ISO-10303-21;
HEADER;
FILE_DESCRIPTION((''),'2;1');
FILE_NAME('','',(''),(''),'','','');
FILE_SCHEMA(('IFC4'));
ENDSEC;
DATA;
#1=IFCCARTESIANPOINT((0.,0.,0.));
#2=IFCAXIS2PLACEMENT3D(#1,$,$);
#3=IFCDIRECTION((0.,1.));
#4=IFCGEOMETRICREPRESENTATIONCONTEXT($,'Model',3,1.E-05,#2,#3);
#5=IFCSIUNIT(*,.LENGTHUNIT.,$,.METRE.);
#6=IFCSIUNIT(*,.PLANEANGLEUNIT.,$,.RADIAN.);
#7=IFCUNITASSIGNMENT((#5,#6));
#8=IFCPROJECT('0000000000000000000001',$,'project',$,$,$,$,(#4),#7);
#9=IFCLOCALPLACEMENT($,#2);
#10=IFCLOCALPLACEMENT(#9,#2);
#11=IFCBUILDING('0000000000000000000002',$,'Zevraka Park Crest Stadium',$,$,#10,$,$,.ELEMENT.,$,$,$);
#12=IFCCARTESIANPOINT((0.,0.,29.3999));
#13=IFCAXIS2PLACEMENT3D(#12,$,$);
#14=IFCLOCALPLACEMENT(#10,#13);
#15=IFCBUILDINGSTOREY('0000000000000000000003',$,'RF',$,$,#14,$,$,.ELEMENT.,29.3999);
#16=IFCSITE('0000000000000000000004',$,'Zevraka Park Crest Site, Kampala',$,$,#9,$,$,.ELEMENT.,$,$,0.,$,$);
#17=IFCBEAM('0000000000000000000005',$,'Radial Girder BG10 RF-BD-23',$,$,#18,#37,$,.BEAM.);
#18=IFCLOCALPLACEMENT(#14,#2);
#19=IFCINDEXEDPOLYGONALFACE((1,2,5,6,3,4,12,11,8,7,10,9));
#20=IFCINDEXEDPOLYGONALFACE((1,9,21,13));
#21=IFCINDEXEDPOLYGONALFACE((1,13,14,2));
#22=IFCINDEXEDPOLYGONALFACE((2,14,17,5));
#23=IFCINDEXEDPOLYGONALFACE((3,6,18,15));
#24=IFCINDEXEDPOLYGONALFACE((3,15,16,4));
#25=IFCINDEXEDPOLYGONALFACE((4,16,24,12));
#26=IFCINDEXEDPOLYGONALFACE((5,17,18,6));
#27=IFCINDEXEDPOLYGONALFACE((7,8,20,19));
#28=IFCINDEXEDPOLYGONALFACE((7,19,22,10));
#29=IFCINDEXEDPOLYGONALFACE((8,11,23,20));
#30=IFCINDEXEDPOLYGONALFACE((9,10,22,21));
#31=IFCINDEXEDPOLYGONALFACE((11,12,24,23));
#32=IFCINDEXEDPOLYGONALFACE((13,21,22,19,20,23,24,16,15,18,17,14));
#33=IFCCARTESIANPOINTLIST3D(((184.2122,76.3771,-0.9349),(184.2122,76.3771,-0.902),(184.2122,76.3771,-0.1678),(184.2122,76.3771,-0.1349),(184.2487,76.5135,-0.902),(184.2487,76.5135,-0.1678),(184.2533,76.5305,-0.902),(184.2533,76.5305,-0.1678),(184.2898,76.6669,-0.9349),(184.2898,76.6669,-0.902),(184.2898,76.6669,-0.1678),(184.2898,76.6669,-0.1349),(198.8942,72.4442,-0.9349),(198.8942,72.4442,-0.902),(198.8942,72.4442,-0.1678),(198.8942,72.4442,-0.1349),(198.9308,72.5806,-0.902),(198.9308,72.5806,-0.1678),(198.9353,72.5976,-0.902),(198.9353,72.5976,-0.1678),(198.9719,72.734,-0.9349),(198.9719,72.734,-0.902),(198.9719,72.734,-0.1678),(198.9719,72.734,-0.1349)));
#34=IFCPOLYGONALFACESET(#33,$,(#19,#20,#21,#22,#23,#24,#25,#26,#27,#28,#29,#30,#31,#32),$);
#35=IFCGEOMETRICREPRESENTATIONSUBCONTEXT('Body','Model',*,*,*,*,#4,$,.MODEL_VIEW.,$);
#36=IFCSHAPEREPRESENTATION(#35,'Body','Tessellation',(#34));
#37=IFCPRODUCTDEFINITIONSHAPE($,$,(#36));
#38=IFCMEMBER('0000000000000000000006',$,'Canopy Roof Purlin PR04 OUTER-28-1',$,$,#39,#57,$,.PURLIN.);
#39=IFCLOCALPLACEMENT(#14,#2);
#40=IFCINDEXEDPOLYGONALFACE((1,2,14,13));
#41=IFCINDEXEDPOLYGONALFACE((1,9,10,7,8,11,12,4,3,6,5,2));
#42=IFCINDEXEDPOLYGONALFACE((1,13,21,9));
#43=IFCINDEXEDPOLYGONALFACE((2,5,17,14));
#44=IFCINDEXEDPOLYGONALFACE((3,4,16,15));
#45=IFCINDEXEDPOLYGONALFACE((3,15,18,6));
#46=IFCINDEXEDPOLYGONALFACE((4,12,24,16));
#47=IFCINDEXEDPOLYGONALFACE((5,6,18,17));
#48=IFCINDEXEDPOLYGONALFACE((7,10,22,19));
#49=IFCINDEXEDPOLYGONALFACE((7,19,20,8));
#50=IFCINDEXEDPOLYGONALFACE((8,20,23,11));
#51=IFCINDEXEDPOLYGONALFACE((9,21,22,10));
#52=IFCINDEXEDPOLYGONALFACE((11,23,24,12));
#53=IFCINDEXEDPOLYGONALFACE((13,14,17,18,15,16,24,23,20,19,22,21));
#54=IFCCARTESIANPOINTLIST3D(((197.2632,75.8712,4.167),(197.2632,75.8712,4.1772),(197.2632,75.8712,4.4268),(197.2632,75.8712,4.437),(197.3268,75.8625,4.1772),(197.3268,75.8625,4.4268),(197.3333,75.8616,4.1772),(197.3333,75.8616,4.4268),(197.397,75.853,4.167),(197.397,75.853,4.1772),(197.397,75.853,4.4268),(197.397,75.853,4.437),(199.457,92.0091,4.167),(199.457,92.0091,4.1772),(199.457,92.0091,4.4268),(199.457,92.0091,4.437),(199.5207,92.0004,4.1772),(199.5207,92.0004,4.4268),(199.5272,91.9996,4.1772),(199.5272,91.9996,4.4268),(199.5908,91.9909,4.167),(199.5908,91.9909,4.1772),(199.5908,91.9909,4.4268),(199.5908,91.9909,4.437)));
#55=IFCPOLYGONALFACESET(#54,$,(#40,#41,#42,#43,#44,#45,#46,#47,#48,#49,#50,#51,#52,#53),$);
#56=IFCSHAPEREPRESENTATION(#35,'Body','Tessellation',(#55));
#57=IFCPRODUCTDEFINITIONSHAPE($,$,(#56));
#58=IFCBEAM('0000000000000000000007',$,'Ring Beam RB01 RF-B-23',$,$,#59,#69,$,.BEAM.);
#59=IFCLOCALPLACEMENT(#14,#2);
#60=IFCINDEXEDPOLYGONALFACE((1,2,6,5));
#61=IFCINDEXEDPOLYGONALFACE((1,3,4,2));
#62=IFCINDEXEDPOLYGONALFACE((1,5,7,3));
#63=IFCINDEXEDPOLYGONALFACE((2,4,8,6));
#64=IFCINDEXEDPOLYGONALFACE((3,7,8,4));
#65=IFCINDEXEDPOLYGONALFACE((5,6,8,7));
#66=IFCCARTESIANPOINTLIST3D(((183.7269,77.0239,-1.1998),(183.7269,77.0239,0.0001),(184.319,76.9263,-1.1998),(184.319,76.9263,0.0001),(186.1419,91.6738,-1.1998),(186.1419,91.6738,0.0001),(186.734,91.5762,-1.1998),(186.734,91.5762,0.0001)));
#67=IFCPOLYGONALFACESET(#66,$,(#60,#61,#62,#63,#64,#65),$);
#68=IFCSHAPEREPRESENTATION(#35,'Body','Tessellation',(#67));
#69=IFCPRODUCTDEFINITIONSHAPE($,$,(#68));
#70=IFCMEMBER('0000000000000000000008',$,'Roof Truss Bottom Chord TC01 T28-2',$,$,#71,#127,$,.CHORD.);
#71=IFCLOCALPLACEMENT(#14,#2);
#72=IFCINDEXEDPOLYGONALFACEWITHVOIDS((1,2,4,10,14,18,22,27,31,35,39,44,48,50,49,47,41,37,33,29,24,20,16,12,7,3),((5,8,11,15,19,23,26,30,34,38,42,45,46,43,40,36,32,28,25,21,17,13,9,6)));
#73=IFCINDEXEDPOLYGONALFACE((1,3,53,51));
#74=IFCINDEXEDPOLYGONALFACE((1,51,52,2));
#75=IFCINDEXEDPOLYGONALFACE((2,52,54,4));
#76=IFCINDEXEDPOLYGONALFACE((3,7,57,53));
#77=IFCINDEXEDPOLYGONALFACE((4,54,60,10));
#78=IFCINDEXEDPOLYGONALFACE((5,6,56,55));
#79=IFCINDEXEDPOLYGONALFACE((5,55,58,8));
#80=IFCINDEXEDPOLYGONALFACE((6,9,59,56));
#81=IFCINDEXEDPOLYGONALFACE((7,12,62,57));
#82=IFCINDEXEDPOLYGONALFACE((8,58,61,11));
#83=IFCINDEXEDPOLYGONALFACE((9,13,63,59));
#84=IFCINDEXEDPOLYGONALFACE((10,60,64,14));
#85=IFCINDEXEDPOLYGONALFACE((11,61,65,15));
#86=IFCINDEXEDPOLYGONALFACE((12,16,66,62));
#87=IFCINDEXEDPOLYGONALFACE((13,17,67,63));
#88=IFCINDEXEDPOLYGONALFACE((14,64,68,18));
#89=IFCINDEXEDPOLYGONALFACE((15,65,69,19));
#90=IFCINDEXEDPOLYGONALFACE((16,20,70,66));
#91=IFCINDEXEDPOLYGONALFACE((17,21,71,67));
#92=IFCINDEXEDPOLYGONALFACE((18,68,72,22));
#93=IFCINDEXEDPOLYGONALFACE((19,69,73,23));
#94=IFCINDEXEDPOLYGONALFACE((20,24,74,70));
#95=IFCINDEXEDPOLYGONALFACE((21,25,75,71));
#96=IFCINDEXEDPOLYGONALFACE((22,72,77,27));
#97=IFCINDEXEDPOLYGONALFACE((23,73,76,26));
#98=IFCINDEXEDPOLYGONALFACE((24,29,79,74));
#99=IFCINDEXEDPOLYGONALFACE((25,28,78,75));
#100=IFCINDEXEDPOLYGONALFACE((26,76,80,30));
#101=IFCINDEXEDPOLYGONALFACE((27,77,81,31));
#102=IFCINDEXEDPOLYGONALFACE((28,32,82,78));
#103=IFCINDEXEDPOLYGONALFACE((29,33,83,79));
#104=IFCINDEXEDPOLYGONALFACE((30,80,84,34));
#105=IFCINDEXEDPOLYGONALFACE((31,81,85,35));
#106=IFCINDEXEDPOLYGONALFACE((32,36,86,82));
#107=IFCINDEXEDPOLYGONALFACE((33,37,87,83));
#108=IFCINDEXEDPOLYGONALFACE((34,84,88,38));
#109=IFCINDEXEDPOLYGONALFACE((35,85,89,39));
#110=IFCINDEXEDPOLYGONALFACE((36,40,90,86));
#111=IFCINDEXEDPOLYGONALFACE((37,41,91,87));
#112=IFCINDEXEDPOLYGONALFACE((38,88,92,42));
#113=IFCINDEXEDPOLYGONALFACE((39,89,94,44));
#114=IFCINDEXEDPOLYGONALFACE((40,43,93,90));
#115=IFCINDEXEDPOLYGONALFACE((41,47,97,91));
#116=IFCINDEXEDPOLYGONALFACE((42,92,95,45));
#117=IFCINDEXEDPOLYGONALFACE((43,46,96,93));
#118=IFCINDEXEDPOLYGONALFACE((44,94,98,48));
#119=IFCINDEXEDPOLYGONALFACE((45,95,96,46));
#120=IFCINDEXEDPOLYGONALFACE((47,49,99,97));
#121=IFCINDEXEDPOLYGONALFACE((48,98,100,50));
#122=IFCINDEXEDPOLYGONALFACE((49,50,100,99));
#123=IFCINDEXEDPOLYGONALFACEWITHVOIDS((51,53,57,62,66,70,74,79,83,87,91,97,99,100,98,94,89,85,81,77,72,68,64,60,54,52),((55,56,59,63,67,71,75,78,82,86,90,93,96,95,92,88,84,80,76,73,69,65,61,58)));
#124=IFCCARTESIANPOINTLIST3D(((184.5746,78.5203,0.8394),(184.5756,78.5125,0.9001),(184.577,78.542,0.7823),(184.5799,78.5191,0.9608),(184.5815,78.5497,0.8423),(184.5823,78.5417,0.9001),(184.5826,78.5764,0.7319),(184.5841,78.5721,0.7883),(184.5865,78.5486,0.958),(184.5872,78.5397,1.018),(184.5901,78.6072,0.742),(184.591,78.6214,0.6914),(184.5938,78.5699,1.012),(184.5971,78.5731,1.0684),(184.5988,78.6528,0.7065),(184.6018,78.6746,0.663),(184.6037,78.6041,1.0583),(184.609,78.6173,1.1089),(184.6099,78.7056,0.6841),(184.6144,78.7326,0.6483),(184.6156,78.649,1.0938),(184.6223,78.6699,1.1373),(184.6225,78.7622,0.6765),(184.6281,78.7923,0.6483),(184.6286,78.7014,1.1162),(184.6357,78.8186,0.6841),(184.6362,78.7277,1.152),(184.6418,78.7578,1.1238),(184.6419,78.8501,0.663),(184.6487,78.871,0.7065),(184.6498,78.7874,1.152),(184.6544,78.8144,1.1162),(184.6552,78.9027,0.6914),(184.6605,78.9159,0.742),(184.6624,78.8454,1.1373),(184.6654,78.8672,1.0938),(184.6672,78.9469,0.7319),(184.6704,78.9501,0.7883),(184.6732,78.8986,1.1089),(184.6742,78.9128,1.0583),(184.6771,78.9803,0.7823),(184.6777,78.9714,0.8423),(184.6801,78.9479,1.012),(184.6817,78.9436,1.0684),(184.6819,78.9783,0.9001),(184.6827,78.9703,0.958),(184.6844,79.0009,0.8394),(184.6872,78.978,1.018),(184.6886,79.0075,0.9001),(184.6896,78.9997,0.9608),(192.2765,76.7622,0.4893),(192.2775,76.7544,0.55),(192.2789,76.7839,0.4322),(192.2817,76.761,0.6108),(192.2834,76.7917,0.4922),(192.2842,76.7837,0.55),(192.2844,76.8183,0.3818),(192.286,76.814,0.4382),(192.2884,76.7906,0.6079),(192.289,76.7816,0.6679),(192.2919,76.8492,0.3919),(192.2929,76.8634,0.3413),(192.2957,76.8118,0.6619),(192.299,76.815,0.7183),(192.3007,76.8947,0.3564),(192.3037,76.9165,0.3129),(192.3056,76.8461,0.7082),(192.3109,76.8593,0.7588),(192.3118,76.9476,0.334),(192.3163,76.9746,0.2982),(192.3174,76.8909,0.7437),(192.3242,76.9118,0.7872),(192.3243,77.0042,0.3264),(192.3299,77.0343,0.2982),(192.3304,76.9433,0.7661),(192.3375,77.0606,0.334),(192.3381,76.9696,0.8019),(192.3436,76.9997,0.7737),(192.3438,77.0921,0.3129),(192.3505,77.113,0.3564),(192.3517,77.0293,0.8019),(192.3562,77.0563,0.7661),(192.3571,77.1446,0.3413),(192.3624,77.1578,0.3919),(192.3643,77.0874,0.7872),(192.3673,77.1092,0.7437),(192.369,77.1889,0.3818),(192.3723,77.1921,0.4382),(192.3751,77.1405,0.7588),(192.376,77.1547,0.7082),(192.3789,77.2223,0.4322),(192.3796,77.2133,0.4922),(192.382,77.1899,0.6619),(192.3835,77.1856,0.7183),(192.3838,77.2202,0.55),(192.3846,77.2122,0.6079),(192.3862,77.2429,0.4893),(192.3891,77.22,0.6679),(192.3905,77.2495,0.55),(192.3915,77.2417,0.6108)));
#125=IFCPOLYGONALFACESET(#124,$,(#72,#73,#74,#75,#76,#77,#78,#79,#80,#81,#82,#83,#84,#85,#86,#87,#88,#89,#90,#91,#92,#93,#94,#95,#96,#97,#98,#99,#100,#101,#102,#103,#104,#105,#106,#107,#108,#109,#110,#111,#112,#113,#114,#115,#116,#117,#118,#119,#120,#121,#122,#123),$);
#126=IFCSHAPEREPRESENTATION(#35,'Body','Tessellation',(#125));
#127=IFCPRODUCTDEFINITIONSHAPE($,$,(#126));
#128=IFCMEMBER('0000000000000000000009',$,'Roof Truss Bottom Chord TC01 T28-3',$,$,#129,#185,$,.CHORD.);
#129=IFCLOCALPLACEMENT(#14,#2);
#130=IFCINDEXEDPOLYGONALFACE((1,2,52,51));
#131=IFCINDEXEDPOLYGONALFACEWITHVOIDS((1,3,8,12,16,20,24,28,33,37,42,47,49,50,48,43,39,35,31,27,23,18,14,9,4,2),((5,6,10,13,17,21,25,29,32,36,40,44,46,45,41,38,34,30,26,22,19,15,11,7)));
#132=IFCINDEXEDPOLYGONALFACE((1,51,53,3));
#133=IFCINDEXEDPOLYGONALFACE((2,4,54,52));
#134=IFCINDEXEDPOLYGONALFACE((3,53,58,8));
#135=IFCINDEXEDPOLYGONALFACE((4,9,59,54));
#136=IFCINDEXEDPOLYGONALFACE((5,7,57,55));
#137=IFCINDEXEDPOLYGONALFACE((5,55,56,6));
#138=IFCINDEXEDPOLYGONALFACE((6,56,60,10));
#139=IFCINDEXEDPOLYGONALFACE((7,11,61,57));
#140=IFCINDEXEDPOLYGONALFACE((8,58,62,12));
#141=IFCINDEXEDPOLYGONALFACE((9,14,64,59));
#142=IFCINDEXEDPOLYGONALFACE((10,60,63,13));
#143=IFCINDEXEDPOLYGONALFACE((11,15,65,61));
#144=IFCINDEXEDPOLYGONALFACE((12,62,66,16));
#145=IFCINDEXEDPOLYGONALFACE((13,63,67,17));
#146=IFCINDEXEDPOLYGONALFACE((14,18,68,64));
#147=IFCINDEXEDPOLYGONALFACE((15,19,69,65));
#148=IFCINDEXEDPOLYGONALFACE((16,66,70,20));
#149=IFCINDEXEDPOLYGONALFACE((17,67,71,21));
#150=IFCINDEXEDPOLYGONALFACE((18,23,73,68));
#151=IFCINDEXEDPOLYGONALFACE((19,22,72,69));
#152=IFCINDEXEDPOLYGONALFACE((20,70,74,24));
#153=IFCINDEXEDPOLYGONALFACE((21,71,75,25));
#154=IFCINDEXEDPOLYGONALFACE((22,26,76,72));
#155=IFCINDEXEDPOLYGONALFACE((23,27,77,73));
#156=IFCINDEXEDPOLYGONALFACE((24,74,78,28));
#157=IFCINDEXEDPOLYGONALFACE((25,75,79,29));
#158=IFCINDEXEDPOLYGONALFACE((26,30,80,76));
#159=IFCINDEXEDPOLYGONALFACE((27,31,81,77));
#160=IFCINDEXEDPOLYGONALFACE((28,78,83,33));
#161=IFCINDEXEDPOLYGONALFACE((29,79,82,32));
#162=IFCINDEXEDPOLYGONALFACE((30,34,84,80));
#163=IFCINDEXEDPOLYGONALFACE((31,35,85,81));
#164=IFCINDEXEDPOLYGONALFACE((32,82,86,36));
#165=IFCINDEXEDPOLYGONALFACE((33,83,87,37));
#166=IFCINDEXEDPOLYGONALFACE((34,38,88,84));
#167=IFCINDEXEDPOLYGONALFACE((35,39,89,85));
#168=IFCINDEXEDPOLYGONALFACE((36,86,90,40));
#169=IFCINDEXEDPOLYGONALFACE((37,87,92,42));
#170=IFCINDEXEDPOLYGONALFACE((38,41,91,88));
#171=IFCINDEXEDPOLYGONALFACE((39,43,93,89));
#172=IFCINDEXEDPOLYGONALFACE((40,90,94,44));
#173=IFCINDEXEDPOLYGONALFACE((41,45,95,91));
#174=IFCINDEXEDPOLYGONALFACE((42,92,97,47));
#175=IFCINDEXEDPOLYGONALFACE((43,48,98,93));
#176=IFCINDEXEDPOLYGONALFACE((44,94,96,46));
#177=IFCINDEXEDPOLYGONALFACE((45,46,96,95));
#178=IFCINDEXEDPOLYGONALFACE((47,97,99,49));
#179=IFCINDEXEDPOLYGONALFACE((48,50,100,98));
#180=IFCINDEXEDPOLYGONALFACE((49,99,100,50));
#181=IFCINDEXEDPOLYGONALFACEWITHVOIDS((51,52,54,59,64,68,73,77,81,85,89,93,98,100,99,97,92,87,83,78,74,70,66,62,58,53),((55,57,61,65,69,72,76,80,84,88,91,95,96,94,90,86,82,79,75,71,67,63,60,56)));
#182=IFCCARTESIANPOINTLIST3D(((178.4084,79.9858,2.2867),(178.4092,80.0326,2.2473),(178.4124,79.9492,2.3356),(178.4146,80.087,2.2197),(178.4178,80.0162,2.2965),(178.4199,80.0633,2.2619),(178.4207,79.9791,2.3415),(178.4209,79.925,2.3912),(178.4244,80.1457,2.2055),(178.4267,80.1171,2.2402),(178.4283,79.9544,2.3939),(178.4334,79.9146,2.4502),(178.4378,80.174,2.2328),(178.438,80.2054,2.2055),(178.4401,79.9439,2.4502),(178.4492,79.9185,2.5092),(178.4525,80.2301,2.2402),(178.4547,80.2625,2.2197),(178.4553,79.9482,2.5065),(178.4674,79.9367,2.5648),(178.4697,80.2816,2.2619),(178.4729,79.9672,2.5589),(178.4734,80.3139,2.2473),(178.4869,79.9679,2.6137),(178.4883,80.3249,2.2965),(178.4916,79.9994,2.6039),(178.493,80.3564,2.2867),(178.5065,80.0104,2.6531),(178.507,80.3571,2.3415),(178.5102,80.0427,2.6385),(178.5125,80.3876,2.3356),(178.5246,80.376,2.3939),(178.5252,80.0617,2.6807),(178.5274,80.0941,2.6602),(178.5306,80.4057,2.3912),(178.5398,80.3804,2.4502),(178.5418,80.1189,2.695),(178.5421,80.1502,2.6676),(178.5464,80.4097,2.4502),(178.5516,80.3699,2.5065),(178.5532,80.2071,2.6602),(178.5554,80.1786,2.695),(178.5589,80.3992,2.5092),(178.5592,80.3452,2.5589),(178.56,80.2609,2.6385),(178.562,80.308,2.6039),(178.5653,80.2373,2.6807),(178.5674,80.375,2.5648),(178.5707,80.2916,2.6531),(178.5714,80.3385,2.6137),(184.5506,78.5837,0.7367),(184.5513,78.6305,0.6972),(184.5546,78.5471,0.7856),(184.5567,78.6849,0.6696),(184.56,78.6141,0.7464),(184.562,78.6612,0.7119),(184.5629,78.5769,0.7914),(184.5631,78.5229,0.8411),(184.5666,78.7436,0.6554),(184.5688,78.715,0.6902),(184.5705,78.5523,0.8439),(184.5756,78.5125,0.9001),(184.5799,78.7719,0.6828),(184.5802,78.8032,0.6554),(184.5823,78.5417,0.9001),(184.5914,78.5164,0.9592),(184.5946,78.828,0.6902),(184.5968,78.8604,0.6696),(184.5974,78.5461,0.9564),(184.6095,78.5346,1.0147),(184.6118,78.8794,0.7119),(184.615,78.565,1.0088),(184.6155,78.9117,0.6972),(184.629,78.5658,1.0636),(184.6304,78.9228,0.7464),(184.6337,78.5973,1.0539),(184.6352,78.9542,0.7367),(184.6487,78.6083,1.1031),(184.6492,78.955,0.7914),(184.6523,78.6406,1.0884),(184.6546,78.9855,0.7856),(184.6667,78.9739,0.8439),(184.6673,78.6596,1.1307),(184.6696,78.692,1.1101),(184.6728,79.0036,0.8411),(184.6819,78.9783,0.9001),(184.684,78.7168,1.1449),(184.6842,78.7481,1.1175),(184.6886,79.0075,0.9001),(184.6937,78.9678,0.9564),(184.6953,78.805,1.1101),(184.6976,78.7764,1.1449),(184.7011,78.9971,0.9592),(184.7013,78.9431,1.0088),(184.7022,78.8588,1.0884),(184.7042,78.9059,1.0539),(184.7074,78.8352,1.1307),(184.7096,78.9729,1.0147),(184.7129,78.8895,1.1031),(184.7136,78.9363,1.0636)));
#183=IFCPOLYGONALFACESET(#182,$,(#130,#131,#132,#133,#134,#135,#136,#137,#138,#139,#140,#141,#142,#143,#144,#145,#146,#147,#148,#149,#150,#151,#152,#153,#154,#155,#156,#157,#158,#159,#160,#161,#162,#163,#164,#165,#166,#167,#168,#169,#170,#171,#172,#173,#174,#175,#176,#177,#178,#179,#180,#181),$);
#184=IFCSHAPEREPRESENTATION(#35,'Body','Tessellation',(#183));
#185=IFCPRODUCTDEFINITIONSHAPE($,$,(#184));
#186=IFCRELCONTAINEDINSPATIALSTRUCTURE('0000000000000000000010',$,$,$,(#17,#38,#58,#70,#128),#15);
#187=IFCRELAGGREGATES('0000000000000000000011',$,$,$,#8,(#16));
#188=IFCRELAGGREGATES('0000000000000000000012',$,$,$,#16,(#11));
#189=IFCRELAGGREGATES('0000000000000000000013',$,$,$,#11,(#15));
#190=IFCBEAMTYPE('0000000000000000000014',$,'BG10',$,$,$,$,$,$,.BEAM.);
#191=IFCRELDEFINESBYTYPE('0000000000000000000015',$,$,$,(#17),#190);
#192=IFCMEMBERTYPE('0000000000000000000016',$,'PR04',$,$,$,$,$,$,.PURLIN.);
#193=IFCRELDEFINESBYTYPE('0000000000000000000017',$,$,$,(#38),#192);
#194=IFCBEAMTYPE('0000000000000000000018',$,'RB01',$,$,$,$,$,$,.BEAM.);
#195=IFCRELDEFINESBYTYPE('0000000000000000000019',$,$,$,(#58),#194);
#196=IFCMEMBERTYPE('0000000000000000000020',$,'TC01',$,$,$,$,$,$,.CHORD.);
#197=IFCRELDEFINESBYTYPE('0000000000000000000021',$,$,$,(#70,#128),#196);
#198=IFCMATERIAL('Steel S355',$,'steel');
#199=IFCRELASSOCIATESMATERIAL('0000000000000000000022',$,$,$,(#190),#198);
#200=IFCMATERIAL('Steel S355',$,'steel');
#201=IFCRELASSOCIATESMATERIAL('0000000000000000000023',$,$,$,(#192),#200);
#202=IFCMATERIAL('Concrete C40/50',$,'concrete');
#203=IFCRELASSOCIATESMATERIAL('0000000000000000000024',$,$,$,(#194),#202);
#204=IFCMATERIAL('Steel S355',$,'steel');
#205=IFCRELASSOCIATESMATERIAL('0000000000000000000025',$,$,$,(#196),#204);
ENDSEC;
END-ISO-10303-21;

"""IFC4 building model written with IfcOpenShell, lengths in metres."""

from ifc_helpers import new_model, si_unit, direction, frame, origin, origin_2d, place, context, subcontext, project, spatial, rectangle, hollow_circle, i_section, extrude, material, material_profile, profile_set, type_object, element, save


model = new_model("IFC4")

# Units and contexts
model_context = context("Model", 3, precision=1e-05, world=origin(), true_north=direction((0.0, 1.0)))
body_context = subcontext(model_context, "Body", "Model", "MODEL_VIEW")
ifc_project = project(units=[si_unit("LENGTHUNIT", "METRE"), si_unit("PLANEANGLEUNIT", "RADIAN")], contexts=[model_context])

# Site, building, storey
site_placement = place(None, origin())
site = spatial("IfcSite", under=ifc_project, at=site_placement, Name="Zevraka Park Crest Site, Kampala", CompositionType="ELEMENT", RefElevation=0.0)
building_placement = place(site_placement, origin())
building = spatial("IfcBuilding", under=site, at=building_placement, Name="Zevraka Park Crest Stadium", CompositionType="ELEMENT")
storey_placement = place(building_placement, frame((0.0, 0.0, 29.3999)))
storey = spatial("IfcBuildingStorey", under=building, at=storey_placement, Name="RF", CompositionType="ELEMENT", Elevation=29.3999)

# Beam
ifc_material_1 = material(Name="Steel S355", Category="steel")
ifc_material_profile_1 = material_profile(ifc_material_1, i_section(OverallWidth=0.3, OverallDepth=0.8, WebThickness=0.0176, FlangeThickness=0.033, at=origin_2d()), Name="HEB 800")
ifc_profile_set_1 = profile_set([ifc_material_profile_1], Name="Steel S355")
beam_type_1 = type_object("IfcBeamType", Name="BG10", PredefinedType="BEAM", material=ifc_profile_set_1)
beam_1_placement = place(storey_placement, frame((184.251, 76.522, -0.5349), z_axis=(0.965946, -0.258745, 0.0), x_axis=(0.258745, 0.965946, 0.0)))
element("IfcBeam", 1, at=beam_1_placement, inside=storey, type_object=beam_type_1, Name="Radial Girder BG10 RF-BD-23", PredefinedType="BEAM", context=body_context, shape_type="SweptSolid", body=[
    extrude(i_section(OverallWidth=0.3, OverallDepth=0.8, WebThickness=0.0176, FlangeThickness=0.033, at=origin_2d()), origin(), (0.0, 0.0, 1.0), 15.1997),
])

# Member
ifc_material_2 = material(Name="Steel S355", Category="steel")
ifc_material_profile_2 = material_profile(ifc_material_2, i_section(OverallWidth=0.135, OverallDepth=0.27, WebThickness=0.0066, FlangeThickness=0.0103, at=origin_2d()), Name="IPE 270")
ifc_profile_set_2 = profile_set([ifc_material_profile_2], Name="Steel S355")
member_type_1 = type_object("IfcMemberType", Name="PR04", PredefinedType="PURLIN", material=ifc_profile_set_2)
member_1_placement = place(storey_placement, frame((197.3301, 75.8621, 4.302), z_axis=(0.134704, 0.990886, 0.0), x_axis=(-0.990886, 0.134704, 0.0)))
element("IfcMember", 2, at=member_1_placement, inside=storey, type_object=member_type_1, Name="Canopy Roof Purlin PR04 OUTER-28-1", PredefinedType="PURLIN", context=body_context, shape_type="SweptSolid", body=[
    extrude(i_section(OverallWidth=0.135, OverallDepth=0.27, WebThickness=0.0066, FlangeThickness=0.0103, at=origin_2d()), origin(), (0.0, 0.0, 1.0), 16.2864),
])

# Beam
ifc_material_3 = material(Name="Concrete C40/50", Category="concrete")
ifc_material_profile_3 = material_profile(ifc_material_3, rectangle(XDim=0.6001, YDim=1.2, at=origin_2d()), Name="RC 1200x600")
ifc_profile_set_3 = profile_set([ifc_material_profile_3], Name="Concrete C40/50")
beam_type_2 = type_object("IfcBeamType", Name="RB01", PredefinedType="BEAM", material=ifc_profile_set_3)
beam_2_placement = place(storey_placement, frame((184.0229, 76.9751, -0.5999), z_axis=(0.162655, 0.986683, 0.0), x_axis=(-0.986683, 0.162655, 0.0)))
element("IfcBeam", 3, at=beam_2_placement, inside=storey, type_object=beam_type_2, Name="Ring Beam RB01 RF-B-23", PredefinedType="BEAM", context=body_context, shape_type="SweptSolid", body=[
    extrude(rectangle(XDim=0.6001, YDim=1.2, at=origin_2d()), origin(), (0.0, 0.0, 1.0), 14.8477),
])

# Members
ifc_material_4 = material(Name="Steel S355", Category="steel")
ifc_material_profile_4 = material_profile(ifc_material_4, hollow_circle(Radius=0.2539, WallThickness=0.03, at=origin_2d()), Name="CHS 508.0x30")
ifc_profile_set_4 = profile_set([ifc_material_profile_4], Name="Steel S355")
member_type_2 = type_object("IfcMemberType", Name="TC01", PredefinedType="CHORD", material=ifc_profile_set_4)
member_2_placement = place(storey_placement, frame((192.334, 77.002, 0.55), z_axis=(-0.973968, 0.22232, 0.044273), x_axis=(-0.222539, -0.974924, 0.0)))
element("IfcMember", 4, at=member_2_placement, inside=storey, type_object=member_type_2, Name="Roof Truss Bottom Chord TC01 T28-2", PredefinedType="CHORD", context=body_context, shape_type="SweptSolid", body=[
    extrude(hollow_circle(Radius=0.2539, WallThickness=0.03, at=origin_2d()), origin(), (0.0, 0.0, 1.0), 7.9077),
])
member_3_placement = place(storey_placement, frame((184.6321, 78.76, 0.9001), z_axis=(-0.946688, 0.216107, 0.238911), x_axis=(-0.222552, -0.974921, 0.0)))
element("IfcMember", 5, at=member_3_placement, inside=storey, type_object=member_type_2, Name="Roof Truss Bottom Chord TC01 T28-3", PredefinedType="CHORD", context=body_context, shape_type="SweptSolid", body=[
    extrude(hollow_circle(Radius=0.2539, WallThickness=0.03, at=origin_2d()), origin(), (0.0, 0.0, 1.0), 6.488),
])

save(model, "model.ifc")
